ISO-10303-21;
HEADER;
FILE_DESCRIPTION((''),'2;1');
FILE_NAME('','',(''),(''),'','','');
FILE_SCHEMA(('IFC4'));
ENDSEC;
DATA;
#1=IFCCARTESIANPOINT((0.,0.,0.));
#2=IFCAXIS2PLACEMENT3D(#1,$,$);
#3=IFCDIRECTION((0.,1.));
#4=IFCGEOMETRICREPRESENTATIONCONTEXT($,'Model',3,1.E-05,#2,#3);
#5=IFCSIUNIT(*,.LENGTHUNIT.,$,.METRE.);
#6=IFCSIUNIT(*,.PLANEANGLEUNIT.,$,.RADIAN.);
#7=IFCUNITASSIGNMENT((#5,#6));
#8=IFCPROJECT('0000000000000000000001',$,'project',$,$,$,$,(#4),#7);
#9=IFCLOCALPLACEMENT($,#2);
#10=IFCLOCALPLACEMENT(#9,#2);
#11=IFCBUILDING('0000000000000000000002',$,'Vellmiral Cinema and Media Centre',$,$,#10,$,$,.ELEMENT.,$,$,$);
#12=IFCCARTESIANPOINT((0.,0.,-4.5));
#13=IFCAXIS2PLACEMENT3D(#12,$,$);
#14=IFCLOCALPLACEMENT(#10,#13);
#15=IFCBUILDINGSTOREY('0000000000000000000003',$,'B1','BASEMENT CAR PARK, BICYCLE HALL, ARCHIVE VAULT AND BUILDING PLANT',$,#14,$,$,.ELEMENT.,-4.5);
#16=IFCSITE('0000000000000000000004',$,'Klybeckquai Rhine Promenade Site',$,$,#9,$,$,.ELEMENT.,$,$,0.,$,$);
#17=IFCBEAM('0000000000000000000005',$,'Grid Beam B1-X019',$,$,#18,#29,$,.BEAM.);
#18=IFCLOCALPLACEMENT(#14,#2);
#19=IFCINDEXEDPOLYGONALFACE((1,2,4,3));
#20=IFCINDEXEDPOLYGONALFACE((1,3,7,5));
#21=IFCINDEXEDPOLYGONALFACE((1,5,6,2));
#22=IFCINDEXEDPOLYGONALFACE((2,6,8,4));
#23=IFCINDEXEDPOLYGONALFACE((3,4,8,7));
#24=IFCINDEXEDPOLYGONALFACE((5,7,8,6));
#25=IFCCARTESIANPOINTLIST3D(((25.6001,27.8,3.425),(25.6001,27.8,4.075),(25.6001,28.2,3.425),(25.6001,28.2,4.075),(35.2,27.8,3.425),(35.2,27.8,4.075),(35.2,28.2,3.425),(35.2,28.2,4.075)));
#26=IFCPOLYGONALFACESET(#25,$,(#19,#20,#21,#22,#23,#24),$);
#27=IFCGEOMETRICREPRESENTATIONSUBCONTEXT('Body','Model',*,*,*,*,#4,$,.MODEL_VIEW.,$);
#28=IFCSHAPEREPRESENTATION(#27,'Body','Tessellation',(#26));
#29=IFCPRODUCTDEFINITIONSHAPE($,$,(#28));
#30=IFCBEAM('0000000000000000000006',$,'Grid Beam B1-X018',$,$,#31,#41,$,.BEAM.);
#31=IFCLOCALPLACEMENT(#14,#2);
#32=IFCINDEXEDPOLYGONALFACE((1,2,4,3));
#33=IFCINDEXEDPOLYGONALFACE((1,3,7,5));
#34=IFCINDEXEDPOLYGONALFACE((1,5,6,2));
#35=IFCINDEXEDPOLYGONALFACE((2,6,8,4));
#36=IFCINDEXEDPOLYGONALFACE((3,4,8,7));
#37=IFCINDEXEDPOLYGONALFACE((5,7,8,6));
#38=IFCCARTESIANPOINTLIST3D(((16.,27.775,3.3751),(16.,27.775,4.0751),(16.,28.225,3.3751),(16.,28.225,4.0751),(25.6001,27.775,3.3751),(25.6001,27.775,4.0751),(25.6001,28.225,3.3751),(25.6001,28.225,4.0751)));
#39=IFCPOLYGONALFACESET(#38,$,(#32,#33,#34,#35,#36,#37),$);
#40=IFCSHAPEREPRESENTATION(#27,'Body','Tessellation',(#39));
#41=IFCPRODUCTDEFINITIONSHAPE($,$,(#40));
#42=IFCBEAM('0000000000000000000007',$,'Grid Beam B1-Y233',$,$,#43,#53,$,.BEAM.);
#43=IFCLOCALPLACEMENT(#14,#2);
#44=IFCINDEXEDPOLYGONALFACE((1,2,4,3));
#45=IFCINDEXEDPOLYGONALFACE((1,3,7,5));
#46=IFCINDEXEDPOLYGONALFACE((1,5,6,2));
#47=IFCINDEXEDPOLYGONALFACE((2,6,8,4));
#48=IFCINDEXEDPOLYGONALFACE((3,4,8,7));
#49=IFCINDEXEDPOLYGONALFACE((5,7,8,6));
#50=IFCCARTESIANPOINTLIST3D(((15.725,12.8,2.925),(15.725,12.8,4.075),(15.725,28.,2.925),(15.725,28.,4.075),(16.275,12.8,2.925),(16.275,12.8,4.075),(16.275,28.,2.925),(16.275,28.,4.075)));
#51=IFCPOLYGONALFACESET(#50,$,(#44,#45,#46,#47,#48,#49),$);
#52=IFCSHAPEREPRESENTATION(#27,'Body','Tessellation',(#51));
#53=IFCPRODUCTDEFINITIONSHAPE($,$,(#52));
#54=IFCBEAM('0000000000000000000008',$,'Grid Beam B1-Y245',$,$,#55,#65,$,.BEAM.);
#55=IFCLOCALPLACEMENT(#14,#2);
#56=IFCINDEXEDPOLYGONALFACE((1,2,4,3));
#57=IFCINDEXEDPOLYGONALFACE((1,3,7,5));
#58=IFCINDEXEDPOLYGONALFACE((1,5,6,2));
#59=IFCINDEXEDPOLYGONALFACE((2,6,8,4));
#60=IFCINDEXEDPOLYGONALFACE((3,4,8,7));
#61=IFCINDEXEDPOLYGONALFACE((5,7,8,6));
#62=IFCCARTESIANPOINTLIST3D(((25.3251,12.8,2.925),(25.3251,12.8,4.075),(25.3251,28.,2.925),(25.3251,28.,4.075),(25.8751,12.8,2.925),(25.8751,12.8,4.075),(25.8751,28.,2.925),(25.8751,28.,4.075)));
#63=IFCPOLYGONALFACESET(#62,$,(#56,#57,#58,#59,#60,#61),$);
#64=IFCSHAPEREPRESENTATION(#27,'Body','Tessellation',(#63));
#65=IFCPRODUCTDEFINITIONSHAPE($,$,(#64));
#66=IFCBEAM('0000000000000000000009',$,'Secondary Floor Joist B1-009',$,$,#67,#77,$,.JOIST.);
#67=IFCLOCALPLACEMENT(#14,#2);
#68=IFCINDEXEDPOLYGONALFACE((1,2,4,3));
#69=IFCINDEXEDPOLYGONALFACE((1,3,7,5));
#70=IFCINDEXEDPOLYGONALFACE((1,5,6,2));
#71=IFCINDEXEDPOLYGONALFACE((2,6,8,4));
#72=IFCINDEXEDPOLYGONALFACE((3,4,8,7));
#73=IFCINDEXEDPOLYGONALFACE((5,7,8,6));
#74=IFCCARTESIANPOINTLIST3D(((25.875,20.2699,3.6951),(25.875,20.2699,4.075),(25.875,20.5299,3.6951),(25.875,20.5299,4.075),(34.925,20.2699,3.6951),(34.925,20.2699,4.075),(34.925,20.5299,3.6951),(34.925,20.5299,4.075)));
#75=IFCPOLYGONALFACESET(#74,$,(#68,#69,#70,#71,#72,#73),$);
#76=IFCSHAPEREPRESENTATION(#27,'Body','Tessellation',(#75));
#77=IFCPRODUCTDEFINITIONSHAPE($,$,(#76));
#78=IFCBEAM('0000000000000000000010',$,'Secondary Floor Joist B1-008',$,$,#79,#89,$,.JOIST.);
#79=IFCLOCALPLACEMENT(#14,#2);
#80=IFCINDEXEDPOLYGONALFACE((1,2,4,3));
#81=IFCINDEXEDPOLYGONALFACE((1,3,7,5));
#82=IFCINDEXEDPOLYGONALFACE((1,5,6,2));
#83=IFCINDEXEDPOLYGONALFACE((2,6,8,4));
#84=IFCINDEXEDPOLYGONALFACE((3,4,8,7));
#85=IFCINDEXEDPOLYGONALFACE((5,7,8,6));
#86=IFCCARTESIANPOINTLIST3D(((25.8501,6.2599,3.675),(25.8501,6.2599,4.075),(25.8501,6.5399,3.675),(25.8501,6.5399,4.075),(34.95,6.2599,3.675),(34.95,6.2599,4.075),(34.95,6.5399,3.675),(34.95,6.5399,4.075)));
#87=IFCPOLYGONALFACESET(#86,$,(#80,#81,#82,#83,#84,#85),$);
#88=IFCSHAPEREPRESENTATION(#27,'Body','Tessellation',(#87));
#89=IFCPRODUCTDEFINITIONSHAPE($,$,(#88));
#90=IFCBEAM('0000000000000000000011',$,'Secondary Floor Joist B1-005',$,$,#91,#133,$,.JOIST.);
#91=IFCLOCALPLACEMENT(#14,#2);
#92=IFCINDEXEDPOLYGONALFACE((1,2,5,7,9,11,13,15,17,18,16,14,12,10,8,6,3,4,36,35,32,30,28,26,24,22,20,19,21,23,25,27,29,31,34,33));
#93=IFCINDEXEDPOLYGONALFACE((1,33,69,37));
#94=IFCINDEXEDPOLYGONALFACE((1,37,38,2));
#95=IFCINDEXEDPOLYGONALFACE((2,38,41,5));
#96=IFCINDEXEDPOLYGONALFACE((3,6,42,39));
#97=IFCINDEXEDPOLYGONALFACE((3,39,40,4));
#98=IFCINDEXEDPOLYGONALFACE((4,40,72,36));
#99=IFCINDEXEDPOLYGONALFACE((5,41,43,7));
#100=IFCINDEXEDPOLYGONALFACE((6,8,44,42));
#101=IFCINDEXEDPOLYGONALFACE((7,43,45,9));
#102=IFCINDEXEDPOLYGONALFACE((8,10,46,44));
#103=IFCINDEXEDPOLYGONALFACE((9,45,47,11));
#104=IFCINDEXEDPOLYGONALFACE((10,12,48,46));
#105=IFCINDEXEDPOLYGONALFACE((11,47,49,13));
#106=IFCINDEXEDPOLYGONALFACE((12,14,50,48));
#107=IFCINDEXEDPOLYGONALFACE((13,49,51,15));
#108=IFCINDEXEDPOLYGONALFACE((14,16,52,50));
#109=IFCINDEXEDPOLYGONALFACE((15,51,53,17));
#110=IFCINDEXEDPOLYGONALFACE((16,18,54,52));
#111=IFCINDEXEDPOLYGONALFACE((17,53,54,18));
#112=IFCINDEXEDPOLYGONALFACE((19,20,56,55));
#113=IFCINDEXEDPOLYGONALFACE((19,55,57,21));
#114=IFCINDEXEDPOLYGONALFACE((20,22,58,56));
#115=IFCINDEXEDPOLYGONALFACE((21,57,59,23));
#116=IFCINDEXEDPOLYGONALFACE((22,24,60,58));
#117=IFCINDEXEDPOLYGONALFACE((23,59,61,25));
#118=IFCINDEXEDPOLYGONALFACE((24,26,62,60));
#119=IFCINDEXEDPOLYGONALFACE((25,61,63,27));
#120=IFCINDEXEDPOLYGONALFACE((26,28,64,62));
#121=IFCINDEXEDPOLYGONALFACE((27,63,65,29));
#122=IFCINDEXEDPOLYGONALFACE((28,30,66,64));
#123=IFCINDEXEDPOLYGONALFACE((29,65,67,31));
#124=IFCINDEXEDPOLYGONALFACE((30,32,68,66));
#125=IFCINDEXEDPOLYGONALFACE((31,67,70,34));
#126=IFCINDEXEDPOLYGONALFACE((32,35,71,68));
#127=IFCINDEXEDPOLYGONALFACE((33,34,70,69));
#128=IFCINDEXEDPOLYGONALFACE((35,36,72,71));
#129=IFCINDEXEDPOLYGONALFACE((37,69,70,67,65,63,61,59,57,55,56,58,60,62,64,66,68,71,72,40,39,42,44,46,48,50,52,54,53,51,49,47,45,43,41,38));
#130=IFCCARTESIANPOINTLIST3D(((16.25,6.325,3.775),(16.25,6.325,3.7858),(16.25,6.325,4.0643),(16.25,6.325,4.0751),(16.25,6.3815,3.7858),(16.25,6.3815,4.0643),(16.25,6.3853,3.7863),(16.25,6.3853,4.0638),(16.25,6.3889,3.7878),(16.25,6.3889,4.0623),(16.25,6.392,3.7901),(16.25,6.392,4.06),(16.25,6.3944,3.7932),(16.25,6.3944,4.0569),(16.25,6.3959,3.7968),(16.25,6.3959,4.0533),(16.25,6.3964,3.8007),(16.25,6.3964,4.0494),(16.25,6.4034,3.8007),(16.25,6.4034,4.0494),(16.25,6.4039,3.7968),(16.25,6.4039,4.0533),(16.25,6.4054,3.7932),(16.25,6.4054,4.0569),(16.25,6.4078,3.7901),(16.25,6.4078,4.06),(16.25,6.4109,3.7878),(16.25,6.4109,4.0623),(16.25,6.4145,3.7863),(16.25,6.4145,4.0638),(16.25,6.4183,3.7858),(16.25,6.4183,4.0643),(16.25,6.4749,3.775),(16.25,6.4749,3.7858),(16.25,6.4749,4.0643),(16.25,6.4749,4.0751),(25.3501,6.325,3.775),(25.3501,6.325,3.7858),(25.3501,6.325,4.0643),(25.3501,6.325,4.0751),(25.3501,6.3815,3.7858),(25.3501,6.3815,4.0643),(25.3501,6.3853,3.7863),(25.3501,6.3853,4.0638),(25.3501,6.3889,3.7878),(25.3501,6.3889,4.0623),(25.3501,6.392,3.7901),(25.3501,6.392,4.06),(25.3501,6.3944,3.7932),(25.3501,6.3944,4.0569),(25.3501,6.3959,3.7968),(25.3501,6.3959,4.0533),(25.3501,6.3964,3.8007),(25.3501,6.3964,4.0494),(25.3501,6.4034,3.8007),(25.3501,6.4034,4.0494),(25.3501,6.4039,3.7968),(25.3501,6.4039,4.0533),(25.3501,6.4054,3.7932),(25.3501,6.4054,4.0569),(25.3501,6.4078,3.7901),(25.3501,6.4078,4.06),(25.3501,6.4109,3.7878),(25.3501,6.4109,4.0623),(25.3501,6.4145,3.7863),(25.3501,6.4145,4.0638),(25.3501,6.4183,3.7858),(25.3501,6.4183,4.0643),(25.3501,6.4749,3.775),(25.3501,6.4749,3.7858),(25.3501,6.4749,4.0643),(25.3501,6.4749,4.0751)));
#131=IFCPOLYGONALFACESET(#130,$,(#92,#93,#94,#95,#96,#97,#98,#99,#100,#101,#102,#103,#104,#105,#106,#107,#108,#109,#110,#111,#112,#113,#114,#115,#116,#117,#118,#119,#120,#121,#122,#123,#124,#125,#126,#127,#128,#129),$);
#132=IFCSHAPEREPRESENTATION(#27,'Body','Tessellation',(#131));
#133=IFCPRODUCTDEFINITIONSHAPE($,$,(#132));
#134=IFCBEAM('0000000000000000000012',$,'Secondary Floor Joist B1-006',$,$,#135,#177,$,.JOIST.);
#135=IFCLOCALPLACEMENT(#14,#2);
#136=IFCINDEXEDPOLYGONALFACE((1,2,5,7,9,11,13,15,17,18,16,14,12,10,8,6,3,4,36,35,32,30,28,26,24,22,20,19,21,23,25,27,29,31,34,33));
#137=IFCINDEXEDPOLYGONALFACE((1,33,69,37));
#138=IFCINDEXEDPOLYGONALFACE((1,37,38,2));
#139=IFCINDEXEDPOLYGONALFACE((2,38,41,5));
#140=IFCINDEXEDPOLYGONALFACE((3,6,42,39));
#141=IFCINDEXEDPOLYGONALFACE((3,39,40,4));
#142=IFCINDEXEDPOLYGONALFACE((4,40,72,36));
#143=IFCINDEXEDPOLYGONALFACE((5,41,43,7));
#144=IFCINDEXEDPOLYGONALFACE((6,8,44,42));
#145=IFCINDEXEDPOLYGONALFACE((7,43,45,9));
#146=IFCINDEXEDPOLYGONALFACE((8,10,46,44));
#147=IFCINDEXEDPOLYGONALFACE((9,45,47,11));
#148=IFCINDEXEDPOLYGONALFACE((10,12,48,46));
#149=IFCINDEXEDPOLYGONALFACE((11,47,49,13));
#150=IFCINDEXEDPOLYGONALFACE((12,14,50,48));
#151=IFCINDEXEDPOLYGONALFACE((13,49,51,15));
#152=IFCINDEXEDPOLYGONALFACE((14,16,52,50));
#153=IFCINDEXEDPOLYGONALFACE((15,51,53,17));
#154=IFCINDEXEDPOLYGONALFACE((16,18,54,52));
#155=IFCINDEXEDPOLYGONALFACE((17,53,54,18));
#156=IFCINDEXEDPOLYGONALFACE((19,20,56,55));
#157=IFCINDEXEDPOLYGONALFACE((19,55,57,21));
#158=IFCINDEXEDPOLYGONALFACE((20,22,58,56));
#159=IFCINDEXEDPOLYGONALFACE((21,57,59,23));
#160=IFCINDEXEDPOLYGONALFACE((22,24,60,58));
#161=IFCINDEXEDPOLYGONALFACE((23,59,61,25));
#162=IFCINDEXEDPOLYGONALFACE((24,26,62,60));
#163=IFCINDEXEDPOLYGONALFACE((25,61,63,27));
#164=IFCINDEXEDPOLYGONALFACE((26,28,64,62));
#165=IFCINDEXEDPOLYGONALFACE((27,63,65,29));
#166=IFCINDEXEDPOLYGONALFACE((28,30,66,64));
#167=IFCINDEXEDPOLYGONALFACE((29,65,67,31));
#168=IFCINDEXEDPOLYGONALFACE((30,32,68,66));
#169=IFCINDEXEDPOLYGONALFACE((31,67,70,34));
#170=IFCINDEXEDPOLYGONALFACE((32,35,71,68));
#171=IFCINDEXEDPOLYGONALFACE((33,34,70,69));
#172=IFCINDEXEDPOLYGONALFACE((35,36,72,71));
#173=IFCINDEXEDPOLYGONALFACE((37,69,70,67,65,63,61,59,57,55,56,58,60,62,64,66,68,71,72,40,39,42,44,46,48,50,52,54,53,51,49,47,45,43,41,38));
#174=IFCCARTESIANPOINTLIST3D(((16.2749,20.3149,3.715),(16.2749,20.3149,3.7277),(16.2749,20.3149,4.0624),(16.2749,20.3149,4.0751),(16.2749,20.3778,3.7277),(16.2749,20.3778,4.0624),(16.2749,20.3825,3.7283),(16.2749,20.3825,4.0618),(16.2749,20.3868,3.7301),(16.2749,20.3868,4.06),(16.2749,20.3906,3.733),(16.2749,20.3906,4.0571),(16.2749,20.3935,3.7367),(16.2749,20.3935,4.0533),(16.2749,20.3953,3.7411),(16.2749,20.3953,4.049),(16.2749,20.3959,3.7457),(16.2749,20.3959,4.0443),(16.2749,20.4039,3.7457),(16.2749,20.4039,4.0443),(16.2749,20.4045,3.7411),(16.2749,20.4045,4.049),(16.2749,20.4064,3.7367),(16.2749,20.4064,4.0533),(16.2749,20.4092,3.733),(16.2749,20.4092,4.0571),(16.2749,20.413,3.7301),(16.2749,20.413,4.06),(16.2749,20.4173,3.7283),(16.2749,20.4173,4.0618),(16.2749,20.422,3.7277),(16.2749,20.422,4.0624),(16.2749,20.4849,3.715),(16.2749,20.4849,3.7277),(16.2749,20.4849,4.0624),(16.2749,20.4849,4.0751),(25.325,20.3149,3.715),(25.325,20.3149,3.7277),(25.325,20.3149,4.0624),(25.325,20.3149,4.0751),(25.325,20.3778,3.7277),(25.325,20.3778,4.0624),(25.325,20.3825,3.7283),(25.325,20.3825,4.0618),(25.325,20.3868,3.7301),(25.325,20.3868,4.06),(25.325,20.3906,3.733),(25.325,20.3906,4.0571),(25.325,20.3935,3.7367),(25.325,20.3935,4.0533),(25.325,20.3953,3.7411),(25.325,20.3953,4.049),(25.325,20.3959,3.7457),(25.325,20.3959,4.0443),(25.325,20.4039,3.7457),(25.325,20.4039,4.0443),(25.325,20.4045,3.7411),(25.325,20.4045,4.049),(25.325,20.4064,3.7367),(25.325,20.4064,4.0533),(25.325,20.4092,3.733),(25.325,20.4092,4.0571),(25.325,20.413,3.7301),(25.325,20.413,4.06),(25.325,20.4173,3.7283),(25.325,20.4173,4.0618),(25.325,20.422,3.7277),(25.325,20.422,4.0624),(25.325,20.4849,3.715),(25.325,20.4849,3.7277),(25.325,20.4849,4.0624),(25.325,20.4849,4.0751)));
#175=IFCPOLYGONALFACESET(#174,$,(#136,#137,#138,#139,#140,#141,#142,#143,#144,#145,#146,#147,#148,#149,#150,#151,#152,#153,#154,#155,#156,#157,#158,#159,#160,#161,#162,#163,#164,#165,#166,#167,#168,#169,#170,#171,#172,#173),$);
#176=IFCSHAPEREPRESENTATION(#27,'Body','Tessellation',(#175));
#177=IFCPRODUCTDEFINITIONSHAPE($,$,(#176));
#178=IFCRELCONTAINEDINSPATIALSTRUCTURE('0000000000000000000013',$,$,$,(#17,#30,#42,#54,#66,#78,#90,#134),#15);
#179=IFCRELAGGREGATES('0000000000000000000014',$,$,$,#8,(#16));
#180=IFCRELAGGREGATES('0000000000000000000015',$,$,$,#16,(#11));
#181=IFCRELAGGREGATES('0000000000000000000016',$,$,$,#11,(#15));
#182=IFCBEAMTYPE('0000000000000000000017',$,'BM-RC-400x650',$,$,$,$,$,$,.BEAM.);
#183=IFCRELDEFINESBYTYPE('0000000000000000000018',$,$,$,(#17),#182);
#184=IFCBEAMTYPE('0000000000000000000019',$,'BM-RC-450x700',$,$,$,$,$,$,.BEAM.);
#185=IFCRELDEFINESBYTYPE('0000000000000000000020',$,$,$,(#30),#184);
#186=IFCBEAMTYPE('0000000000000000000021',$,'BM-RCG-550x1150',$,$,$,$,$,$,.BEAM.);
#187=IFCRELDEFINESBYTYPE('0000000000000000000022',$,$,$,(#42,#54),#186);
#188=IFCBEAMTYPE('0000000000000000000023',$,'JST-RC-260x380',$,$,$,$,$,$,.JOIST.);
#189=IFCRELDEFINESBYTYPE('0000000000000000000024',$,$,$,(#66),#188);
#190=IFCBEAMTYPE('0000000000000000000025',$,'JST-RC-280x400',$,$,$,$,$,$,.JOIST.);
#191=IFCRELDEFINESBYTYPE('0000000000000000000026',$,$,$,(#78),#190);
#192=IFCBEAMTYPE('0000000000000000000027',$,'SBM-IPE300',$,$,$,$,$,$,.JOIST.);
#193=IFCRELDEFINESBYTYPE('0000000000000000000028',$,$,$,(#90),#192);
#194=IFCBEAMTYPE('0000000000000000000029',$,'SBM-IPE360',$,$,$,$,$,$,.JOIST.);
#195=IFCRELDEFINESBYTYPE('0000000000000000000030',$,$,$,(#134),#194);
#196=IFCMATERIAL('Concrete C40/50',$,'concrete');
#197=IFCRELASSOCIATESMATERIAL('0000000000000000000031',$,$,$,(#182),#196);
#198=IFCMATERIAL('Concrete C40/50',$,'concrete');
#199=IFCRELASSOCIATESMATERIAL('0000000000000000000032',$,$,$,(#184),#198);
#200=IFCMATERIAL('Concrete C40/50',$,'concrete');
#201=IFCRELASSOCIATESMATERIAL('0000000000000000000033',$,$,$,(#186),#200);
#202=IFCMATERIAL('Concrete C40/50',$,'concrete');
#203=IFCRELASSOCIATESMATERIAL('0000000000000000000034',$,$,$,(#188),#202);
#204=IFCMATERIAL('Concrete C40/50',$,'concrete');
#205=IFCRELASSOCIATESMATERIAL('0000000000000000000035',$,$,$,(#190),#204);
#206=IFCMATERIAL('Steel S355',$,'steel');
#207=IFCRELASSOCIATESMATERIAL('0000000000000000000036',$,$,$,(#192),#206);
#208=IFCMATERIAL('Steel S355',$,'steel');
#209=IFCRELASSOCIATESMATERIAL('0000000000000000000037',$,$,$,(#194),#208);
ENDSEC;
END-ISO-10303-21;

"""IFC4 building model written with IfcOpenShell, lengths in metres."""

from ifc_helpers import new_model, si_unit, direction, frame, origin, origin_2d, place, context, subcontext, project, spatial, rectangle, i_section, extrude, material, material_profile, profile_set, type_object, element, save


model = new_model("IFC4")

# Units and contexts
model_context = context("Model", 3, precision=1e-05, world=origin(), true_north=direction((0.0, 1.0)))
body_context = subcontext(model_context, "Body", "Model", "MODEL_VIEW")
ifc_project = project(units=[si_unit("LENGTHUNIT", "METRE"), si_unit("PLANEANGLEUNIT", "RADIAN")], contexts=[model_context])

# Site, building, storey
site_placement = place(None, origin())
site = spatial("IfcSite", under=ifc_project, at=site_placement, Name="Klybeckquai Rhine Promenade Site", CompositionType="ELEMENT", RefElevation=0.0)
building_placement = place(site_placement, origin())
building = spatial("IfcBuilding", under=site, at=building_placement, Name="Vellmiral Cinema and Media Centre", CompositionType="ELEMENT")
storey_placement = place(building_placement, frame((0.0, 0.0, -4.5)))
storey = spatial("IfcBuildingStorey", under=building, at=storey_placement, Name="B1", Description="BASEMENT CAR PARK, BICYCLE HALL, ARCHIVE VAULT AND BUILDING PLANT", CompositionType="ELEMENT", Elevation=-4.5)

# Beams
ifc_material_1 = material(Name="Concrete C40/50", Category="concrete")
ifc_material_profile_1 = material_profile(ifc_material_1, rectangle(XDim=0.3999, YDim=0.6499, at=origin_2d()), Name="RC 400x650")
ifc_profile_set_1 = profile_set([ifc_material_profile_1], Name="Concrete C40/50")
beam_type_1 = type_object("IfcBeamType", Name="BM-RC-400x650", PredefinedType="BEAM", material=ifc_profile_set_1)
beam_1_placement = place(storey_placement, frame((25.6001, 28.0, 3.75), z_axis=(1.0, 0.0, 0.0), x_axis=(0.0, 1.0, 0.0)))
element("IfcBeam", 1, at=beam_1_placement, inside=storey, type_object=beam_type_1, Name="Grid Beam B1-X019", PredefinedType="BEAM", context=body_context, shape_type="SweptSolid", body=[
    extrude(rectangle(XDim=0.3999, YDim=0.6499, at=origin_2d()), origin(), (0.0, 0.0, 1.0), 9.5999),
])
ifc_material_2 = material(Name="Concrete C40/50", Category="concrete")
ifc_material_profile_2 = material_profile(ifc_material_2, rectangle(XDim=0.45, YDim=0.7, at=origin_2d()), Name="RC 450x700")
ifc_profile_set_2 = profile_set([ifc_material_profile_2], Name="Concrete C40/50")
beam_type_2 = type_object("IfcBeamType", Name="BM-RC-450x700", PredefinedType="BEAM", material=ifc_profile_set_2)
beam_2_placement = place(storey_placement, frame((16.0, 28.0, 3.7251), z_axis=(1.0, 0.0, 0.0), x_axis=(0.0, 1.0, 0.0)))
element("IfcBeam", 2, at=beam_2_placement, inside=storey, type_object=beam_type_2, Name="Grid Beam B1-X018", PredefinedType="BEAM", context=body_context, shape_type="SweptSolid", body=[
    extrude(rectangle(XDim=0.45, YDim=0.7, at=origin_2d()), origin(), (0.0, 0.0, 1.0), 9.6001),
])
ifc_material_3 = material(Name="Concrete C40/50", Category="concrete")
ifc_material_profile_3 = material_profile(ifc_material_3, rectangle(XDim=0.55, YDim=1.1499, at=origin_2d()), Name="RC 550x1150")
ifc_profile_set_3 = profile_set([ifc_material_profile_3], Name="Concrete C40/50")
beam_type_3 = type_object("IfcBeamType", Name="BM-RCG-550x1150", PredefinedType="BEAM", material=ifc_profile_set_3)
for number, where, z_axis, x_axis, name in (
    (3, (16.0, 12.8, 3.5), (0.0, 1.0, 0.0), (-1.0, 0.0, 0.0), "Grid Beam B1-Y233"),
    (4, (25.6001, 12.8, 3.5), (0.0, 1.0, 0.0), (-1.0, 0.0, 0.0), "Grid Beam B1-Y245"),
):
    element("IfcBeam", number, at=place(storey_placement, frame(where, z_axis=z_axis, x_axis=x_axis)), inside=storey, type_object=beam_type_3, Name=name, PredefinedType="BEAM", context=body_context, shape_type="SweptSolid", body=[
        extrude(rectangle(XDim=0.55, YDim=1.1499, at=origin_2d()), origin(), (0.0, 0.0, 1.0), 15.2),
    ])
ifc_material_4 = material(Name="Concrete C40/50", Category="concrete")
ifc_material_profile_4 = material_profile(ifc_material_4, rectangle(XDim=0.26, YDim=0.3799, at=origin_2d()), Name="RC 260x380")
ifc_profile_set_4 = profile_set([ifc_material_profile_4], Name="Concrete C40/50")
beam_type_4 = type_object("IfcBeamType", Name="JST-RC-260x380", PredefinedType="JOIST", material=ifc_profile_set_4)
beam_3_placement = place(storey_placement, frame((25.875, 20.3999, 3.885), z_axis=(1.0, 0.0, 0.0), x_axis=(0.0, 1.0, 0.0)))
element("IfcBeam", 5, at=beam_3_placement, inside=storey, type_object=beam_type_4, Name="Secondary Floor Joist B1-009", PredefinedType="JOIST", context=body_context, shape_type="SweptSolid", body=[
    extrude(rectangle(XDim=0.26, YDim=0.3799, at=origin_2d()), origin(), (0.0, 0.0, 1.0), 9.05),
])
ifc_material_5 = material(Name="Concrete C40/50", Category="concrete")
ifc_material_profile_5 = material_profile(ifc_material_5, rectangle(XDim=0.28, YDim=0.3999, at=origin_2d()), Name="RC 280x400")
ifc_profile_set_5 = profile_set([ifc_material_profile_5], Name="Concrete C40/50")
beam_type_5 = type_object("IfcBeamType", Name="JST-RC-280x400", PredefinedType="JOIST", material=ifc_profile_set_5)
beam_4_placement = place(storey_placement, frame((25.8501, 6.3999, 3.875), z_axis=(1.0, 0.0, 0.0), x_axis=(0.0, 1.0, 0.0)))
element("IfcBeam", 6, at=beam_4_placement, inside=storey, type_object=beam_type_5, Name="Secondary Floor Joist B1-008", PredefinedType="JOIST", context=body_context, shape_type="SweptSolid", body=[
    extrude(rectangle(XDim=0.28, YDim=0.3999, at=origin_2d()), origin(), (0.0, 0.0, 1.0), 9.0999),
])
ifc_material_6 = material(Name="Steel S355", Category="steel")
ifc_material_profile_6 = material_profile(ifc_material_6, i_section(OverallWidth=0.1499, OverallDepth=0.3, WebThickness=0.0071, FlangeThickness=0.0107, FilletRadius=0.0149, at=origin_2d()), Name="IPE 300")
ifc_profile_set_6 = profile_set([ifc_material_profile_6], Name="Steel S355")
beam_type_6 = type_object("IfcBeamType", Name="SBM-IPE300", PredefinedType="JOIST", material=ifc_profile_set_6)
beam_5_placement = place(storey_placement, frame((16.25, 6.3999, 3.925), z_axis=(1.0, 0.0, 0.0), x_axis=(0.0, 1.0, 0.0)))
element("IfcBeam", 7, at=beam_5_placement, inside=storey, type_object=beam_type_6, Name="Secondary Floor Joist B1-005", PredefinedType="JOIST", context=body_context, shape_type="SweptSolid", body=[
    extrude(i_section(OverallWidth=0.1499, OverallDepth=0.3, WebThickness=0.0071, FlangeThickness=0.0107, FilletRadius=0.0149, at=origin_2d()), origin(), (0.0, 0.0, 1.0), 9.1001),
])
ifc_material_7 = material(Name="Steel S355", Category="steel")
ifc_material_profile_7 = material_profile(ifc_material_7, i_section(OverallWidth=0.1699, OverallDepth=0.3601, WebThickness=0.0081, FlangeThickness=0.0127, FilletRadius=0.0181, at=origin_2d()), Name="IPE 360")
ifc_profile_set_7 = profile_set([ifc_material_profile_7], Name="Steel S355")
beam_type_7 = type_object("IfcBeamType", Name="SBM-IPE360", PredefinedType="JOIST", material=ifc_profile_set_7)
beam_6_placement = place(storey_placement, frame((16.2749, 20.3999, 3.895), z_axis=(1.0, 0.0, 0.0), x_axis=(0.0, 1.0, 0.0)))
element("IfcBeam", 8, at=beam_6_placement, inside=storey, type_object=beam_type_7, Name="Secondary Floor Joist B1-006", PredefinedType="JOIST", context=body_context, shape_type="SweptSolid", body=[
    extrude(i_section(OverallWidth=0.1699, OverallDepth=0.3601, WebThickness=0.0081, FlangeThickness=0.0127, FilletRadius=0.0181, at=origin_2d()), origin(), (0.0, 0.0, 1.0), 9.05),
])

save(model, "model.ifc")
